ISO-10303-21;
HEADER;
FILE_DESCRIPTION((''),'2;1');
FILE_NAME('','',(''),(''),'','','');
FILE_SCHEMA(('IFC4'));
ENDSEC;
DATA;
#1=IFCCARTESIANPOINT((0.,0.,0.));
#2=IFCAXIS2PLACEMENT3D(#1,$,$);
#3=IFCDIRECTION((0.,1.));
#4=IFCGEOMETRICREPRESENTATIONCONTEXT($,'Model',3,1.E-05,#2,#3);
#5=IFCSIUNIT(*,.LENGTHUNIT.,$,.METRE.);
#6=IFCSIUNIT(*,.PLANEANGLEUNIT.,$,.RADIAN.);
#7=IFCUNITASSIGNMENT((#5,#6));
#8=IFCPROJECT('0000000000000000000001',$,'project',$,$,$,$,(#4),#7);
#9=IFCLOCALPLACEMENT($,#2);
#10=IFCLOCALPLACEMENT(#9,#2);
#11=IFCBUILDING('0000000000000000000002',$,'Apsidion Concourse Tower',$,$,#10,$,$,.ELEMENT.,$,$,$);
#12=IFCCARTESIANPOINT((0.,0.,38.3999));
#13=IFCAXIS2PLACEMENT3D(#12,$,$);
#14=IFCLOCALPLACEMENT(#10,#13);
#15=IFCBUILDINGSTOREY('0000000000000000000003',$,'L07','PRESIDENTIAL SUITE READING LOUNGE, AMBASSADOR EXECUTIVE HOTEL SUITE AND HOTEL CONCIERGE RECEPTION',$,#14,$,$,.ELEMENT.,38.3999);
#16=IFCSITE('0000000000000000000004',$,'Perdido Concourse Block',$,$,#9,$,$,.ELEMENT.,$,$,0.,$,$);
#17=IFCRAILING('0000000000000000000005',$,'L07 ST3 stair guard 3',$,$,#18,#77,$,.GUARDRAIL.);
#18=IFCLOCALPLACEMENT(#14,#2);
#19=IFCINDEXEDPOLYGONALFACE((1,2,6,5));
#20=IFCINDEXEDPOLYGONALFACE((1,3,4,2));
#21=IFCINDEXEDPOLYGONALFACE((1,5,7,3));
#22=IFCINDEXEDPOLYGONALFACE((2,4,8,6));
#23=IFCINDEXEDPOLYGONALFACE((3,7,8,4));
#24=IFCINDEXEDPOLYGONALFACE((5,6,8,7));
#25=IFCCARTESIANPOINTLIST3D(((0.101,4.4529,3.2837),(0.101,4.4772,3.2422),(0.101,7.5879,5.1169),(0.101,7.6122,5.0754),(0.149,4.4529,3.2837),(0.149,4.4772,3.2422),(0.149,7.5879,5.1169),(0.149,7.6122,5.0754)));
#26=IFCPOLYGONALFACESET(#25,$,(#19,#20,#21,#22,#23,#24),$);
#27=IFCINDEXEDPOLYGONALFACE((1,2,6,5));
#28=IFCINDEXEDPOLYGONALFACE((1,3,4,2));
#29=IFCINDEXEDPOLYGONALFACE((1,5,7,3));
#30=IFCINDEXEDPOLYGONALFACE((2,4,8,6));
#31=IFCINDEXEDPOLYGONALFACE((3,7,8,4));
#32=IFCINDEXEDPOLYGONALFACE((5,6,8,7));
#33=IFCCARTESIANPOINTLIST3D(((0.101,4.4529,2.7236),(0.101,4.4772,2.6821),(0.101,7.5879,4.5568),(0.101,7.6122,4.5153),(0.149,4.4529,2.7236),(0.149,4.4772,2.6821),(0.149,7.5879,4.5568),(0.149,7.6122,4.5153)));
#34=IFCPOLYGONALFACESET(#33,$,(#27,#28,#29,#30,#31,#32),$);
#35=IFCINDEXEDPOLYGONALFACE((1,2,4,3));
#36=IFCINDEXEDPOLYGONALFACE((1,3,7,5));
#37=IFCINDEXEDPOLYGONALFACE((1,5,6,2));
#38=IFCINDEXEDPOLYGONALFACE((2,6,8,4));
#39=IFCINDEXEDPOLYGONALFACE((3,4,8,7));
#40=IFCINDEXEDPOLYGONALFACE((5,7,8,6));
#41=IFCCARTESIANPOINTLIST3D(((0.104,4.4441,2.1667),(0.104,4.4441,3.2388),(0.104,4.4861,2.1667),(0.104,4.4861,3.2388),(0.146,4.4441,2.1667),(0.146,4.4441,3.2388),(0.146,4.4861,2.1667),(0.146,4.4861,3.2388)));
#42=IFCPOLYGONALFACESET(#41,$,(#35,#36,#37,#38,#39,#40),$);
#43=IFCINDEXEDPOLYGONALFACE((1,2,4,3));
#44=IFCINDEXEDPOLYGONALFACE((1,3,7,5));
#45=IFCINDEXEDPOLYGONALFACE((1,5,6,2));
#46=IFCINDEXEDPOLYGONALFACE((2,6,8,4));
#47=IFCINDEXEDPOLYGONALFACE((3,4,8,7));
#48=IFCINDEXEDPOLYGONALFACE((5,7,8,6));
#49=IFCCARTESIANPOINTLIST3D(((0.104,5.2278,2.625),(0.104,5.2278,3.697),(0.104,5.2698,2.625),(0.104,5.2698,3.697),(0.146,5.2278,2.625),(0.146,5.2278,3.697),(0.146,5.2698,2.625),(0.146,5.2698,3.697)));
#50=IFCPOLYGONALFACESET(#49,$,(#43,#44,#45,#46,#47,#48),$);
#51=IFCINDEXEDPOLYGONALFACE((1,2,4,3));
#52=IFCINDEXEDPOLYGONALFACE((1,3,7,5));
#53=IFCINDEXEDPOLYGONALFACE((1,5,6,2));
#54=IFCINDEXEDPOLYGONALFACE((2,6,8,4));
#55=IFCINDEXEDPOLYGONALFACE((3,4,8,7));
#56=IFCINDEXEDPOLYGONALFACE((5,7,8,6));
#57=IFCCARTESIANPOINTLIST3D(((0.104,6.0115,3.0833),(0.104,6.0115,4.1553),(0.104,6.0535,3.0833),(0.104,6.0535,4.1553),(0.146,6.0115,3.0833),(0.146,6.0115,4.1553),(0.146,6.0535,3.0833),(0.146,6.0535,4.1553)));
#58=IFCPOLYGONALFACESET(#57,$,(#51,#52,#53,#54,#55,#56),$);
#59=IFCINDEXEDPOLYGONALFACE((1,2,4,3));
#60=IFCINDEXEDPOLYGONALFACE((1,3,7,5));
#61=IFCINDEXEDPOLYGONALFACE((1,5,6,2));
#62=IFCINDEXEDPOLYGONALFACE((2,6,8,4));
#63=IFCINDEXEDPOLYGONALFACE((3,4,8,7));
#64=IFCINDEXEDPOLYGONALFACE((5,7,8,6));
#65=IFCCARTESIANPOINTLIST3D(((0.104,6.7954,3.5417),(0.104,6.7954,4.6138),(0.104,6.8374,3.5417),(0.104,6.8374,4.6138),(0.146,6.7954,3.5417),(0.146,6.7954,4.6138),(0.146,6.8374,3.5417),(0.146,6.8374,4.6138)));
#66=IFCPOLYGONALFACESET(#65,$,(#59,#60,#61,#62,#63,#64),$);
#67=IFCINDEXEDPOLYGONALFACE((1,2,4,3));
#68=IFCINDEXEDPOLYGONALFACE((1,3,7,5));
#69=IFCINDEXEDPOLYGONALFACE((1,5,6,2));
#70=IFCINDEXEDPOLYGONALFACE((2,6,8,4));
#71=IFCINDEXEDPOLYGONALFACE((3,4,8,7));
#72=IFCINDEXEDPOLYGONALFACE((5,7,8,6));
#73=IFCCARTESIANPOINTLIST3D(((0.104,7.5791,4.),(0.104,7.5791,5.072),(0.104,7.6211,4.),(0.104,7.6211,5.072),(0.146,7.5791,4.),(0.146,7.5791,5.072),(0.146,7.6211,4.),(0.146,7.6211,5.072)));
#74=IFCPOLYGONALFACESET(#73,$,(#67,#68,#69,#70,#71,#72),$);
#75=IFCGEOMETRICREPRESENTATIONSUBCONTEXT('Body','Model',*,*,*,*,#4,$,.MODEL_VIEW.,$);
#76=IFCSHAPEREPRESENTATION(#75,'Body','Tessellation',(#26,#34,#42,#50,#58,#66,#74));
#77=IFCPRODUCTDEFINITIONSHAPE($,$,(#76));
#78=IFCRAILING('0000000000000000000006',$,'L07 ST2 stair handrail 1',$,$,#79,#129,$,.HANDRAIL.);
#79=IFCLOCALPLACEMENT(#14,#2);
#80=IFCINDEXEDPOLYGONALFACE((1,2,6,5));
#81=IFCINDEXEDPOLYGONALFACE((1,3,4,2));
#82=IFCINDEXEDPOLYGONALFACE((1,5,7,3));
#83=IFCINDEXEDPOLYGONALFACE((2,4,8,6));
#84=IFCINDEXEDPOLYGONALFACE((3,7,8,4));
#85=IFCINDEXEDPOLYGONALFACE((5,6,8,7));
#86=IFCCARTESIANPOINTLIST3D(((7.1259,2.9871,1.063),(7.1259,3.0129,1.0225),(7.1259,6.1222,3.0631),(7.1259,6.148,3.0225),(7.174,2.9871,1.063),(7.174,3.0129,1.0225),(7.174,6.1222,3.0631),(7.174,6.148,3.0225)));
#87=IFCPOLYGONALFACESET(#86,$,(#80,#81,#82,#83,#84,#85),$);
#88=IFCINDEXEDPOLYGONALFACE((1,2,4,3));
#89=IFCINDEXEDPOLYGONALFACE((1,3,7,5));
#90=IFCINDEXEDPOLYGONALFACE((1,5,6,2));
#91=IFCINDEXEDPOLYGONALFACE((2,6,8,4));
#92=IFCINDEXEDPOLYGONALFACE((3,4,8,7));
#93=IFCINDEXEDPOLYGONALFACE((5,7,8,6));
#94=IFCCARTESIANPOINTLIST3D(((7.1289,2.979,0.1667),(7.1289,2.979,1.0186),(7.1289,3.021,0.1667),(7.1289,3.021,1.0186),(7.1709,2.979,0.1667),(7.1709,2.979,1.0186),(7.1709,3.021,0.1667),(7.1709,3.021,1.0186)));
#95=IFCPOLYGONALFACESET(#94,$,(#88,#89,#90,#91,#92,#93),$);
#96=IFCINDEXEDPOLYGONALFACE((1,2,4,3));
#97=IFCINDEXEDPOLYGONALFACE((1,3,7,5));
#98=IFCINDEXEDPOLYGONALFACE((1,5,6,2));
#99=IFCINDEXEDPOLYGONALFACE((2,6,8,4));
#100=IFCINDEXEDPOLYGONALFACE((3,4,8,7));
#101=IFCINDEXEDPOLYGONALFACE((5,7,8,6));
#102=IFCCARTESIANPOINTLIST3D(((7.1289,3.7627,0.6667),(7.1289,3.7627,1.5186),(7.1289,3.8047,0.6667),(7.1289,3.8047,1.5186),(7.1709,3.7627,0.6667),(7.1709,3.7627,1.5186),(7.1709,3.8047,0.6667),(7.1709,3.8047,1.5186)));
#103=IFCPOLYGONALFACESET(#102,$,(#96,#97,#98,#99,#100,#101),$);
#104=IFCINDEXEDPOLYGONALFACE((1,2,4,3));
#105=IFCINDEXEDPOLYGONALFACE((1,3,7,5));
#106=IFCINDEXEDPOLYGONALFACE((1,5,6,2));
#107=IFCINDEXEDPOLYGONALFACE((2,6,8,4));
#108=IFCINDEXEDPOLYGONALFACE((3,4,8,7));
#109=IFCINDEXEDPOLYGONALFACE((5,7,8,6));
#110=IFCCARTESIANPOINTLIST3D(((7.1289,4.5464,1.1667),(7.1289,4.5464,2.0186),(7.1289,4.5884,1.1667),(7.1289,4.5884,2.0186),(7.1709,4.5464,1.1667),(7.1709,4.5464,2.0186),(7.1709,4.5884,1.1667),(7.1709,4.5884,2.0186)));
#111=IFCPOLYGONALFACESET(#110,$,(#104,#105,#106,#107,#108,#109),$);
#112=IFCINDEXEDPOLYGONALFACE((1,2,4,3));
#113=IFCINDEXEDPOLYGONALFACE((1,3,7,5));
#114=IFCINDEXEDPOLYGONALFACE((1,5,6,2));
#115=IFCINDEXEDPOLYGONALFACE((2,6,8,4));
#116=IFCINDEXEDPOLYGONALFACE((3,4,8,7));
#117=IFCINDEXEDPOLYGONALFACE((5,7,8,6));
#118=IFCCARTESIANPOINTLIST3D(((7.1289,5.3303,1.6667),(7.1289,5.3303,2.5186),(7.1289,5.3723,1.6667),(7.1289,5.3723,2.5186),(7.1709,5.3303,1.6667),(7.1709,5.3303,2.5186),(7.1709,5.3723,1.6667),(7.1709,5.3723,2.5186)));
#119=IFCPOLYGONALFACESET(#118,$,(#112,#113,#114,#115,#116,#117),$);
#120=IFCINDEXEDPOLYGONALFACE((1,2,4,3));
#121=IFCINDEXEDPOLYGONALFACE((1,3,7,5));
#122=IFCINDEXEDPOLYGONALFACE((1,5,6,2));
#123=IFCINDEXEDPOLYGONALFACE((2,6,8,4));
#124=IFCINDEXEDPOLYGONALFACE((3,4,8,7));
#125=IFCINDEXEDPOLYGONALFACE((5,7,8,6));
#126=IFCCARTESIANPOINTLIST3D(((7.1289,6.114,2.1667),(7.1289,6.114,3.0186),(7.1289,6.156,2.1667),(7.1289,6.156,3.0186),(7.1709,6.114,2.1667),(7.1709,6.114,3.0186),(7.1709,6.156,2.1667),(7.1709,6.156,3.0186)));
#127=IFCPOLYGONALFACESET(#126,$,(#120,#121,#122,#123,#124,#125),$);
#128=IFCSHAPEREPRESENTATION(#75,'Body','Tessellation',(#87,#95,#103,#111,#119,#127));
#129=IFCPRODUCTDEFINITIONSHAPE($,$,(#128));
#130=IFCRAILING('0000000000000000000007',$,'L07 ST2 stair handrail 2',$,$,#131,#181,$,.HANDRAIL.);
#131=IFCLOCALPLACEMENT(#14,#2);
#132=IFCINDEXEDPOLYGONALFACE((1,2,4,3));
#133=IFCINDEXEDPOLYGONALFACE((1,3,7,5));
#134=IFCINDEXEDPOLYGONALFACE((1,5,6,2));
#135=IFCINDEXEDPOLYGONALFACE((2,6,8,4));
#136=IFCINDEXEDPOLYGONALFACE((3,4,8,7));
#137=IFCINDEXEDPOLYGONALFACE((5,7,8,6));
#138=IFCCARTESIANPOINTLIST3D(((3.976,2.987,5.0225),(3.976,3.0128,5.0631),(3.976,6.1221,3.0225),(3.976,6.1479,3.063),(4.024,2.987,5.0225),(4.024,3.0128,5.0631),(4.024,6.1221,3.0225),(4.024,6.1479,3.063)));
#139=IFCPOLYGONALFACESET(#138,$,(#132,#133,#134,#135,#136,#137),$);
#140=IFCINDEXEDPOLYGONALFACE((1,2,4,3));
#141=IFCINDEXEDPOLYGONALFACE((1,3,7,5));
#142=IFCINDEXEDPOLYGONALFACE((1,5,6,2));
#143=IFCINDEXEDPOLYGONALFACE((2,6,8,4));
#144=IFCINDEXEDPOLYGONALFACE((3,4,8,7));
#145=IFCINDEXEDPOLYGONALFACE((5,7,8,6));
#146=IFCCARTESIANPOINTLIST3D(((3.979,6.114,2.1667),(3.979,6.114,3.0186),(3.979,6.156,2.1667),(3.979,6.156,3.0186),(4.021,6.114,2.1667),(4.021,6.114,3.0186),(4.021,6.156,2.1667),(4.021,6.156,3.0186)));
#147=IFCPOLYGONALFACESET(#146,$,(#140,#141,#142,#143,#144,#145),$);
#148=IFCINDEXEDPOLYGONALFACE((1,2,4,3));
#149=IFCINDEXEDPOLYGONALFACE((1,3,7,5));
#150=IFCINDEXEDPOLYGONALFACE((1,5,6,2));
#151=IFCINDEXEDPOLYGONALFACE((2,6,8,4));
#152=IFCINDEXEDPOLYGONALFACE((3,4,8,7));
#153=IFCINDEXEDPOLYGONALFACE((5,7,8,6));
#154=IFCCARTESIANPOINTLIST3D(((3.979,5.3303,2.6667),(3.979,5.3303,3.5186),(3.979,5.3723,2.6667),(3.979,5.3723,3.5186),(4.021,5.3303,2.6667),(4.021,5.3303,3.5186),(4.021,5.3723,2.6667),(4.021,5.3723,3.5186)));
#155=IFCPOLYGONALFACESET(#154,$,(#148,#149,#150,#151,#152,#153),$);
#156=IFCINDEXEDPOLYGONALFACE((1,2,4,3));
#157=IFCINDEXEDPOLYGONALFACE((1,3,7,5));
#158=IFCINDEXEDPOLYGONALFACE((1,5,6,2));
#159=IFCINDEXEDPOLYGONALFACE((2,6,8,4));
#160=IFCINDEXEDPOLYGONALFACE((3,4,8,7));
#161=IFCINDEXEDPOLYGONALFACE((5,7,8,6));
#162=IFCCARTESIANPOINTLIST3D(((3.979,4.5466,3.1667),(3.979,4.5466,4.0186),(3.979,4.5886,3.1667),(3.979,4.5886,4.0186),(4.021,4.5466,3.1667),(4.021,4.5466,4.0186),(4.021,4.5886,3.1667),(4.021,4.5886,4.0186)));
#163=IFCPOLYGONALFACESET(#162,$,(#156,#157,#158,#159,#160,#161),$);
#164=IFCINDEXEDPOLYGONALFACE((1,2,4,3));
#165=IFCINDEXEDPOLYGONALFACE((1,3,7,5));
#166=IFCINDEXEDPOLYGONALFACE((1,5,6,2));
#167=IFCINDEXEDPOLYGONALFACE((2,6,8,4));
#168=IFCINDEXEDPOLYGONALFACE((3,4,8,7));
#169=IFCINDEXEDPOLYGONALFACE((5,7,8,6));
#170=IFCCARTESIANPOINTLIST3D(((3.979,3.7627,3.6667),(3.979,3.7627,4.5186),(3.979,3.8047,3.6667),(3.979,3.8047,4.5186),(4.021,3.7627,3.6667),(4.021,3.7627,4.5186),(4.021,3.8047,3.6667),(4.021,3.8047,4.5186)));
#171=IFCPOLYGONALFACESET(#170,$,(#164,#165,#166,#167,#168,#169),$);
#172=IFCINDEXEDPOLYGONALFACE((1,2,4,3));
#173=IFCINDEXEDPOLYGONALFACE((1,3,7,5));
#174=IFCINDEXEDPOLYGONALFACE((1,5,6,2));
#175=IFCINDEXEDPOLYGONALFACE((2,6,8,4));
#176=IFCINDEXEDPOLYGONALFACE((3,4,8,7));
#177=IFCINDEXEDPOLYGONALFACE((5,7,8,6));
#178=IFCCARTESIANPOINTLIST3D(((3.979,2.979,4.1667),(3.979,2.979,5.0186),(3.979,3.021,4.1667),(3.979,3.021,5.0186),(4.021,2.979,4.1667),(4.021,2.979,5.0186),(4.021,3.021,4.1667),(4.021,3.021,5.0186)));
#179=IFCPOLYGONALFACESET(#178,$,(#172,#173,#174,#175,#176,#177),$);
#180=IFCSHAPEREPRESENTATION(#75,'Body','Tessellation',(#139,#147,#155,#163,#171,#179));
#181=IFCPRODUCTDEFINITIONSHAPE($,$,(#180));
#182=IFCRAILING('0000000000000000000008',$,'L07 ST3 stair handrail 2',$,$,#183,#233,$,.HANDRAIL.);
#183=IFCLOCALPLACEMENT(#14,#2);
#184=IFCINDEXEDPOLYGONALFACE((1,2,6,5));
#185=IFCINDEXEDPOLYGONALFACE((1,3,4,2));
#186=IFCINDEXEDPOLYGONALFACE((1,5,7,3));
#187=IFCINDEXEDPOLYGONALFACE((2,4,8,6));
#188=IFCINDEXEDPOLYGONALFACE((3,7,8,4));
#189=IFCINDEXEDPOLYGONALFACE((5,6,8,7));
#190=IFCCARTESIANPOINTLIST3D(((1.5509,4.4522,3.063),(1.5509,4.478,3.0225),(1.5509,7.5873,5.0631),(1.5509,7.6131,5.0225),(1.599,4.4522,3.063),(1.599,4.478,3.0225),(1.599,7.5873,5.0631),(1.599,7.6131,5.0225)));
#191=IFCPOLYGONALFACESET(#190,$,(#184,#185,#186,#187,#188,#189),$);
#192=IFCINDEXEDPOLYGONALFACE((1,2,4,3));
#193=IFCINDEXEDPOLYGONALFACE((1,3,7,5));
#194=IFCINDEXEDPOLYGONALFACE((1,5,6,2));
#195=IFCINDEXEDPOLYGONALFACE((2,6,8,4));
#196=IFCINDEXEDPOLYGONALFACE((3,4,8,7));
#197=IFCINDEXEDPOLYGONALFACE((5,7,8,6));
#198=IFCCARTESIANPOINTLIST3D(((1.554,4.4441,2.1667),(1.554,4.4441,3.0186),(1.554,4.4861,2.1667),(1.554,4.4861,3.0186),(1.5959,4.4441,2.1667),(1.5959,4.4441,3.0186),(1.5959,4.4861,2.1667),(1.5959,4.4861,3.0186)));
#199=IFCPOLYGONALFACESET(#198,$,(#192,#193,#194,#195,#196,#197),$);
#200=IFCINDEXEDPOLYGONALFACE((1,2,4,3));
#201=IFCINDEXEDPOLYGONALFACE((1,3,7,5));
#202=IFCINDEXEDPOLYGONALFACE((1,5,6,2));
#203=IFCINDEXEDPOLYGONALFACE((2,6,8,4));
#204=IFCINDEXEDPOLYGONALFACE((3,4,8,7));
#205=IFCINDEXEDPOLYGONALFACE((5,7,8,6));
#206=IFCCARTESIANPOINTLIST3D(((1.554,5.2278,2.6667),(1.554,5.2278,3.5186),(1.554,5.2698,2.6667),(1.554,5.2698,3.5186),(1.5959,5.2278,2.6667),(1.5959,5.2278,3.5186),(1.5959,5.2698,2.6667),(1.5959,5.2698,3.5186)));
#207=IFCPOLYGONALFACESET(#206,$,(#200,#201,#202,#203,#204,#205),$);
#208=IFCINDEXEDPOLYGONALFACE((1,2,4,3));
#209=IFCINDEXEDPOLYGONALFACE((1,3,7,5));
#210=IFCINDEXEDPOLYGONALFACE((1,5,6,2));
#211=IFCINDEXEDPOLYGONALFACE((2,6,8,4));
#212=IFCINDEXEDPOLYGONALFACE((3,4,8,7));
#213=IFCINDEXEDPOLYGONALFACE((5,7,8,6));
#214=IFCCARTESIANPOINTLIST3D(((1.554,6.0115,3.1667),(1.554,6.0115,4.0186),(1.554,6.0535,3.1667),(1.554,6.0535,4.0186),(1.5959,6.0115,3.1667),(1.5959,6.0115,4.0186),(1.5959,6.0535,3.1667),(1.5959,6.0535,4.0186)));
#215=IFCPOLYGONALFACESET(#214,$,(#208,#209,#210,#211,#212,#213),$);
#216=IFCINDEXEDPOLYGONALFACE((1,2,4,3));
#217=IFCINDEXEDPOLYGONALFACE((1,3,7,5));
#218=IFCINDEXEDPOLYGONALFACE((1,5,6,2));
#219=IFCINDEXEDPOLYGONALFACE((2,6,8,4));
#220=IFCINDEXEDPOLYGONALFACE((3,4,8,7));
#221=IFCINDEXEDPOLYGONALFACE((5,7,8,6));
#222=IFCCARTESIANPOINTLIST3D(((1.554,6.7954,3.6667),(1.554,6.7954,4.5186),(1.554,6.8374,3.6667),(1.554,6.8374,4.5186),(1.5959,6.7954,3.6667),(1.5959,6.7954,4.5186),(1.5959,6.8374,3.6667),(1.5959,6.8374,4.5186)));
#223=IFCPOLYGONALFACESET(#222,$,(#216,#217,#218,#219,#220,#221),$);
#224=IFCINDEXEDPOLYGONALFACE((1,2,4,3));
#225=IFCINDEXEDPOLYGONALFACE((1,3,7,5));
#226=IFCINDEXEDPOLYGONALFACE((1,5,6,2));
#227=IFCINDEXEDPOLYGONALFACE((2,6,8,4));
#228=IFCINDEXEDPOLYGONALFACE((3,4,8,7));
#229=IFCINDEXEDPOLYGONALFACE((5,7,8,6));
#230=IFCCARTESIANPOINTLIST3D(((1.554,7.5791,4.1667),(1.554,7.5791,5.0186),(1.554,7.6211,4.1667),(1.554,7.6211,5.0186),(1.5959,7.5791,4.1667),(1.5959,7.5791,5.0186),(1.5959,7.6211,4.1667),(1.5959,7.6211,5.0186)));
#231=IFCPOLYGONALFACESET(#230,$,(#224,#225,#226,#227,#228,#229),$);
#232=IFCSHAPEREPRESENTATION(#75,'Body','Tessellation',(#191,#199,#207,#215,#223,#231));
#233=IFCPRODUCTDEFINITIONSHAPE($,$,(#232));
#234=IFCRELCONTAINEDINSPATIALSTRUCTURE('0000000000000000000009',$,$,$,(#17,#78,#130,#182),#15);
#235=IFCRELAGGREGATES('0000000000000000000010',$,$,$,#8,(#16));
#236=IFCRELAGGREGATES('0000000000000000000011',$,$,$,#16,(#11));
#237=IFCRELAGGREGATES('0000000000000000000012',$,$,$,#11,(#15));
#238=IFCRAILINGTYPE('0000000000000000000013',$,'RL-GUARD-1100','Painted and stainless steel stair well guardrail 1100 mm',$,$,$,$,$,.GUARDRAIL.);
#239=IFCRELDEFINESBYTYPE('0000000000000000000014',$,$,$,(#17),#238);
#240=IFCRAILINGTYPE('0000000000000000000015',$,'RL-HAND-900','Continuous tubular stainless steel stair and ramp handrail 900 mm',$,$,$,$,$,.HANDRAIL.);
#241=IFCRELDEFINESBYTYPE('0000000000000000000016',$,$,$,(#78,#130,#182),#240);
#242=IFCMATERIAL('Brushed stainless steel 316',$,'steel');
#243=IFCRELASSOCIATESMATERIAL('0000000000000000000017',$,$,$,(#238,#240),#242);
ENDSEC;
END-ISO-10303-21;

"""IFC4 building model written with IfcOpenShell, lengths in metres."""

from ifc_helpers import new_model, si_unit, direction, frame, origin, origin_2d, place, context, subcontext, project, spatial, rectangle, extrude, material, type_object, element, save


model = new_model("IFC4")

# Units and contexts
model_context = context("Model", 3, precision=1e-05, world=origin(), true_north=direction((0.0, 1.0)))
body_context = subcontext(model_context, "Body", "Model", "MODEL_VIEW")
ifc_project = project(units=[si_unit("LENGTHUNIT", "METRE"), si_unit("PLANEANGLEUNIT", "RADIAN")], contexts=[model_context])

# Site, building, storey
site_placement = place(None, origin())
site = spatial("IfcSite", under=ifc_project, at=site_placement, Name="Perdido Concourse Block", CompositionType="ELEMENT", RefElevation=0.0)
building_placement = place(site_placement, origin())
building = spatial("IfcBuilding", under=site, at=building_placement, Name="Apsidion Concourse Tower", CompositionType="ELEMENT")
storey_placement = place(building_placement, frame((0.0, 0.0, 38.3999)))
storey = spatial("IfcBuildingStorey", under=building, at=storey_placement, Name="L07", Description="PRESIDENTIAL SUITE READING LOUNGE, AMBASSADOR EXECUTIVE HOTEL SUITE AND HOTEL CONCIERGE RECEPTION", CompositionType="ELEMENT", Elevation=38.3999)

# Railings
ifc_material_1 = material(Name="Brushed stainless steel 316", Category="steel")
railing_type_1 = type_object("IfcRailingType", Name="RL-GUARD-1100", Description="Painted and stainless steel stair well guardrail 1100 mm", PredefinedType="GUARDRAIL", material=ifc_material_1)
railing_1_placement = place(storey_placement, frame((0.125, 4.4651, 2.1667)))
element("IfcRailing", 1, at=railing_1_placement, inside=storey, type_object=railing_type_1, Name="L07 ST3 stair guard 3", PredefinedType="GUARDRAIL", context=body_context, shape_type="SweptSolid", body=[
    extrude(rectangle(XDim=0.0481, YDim=0.0481, at=origin_2d()), frame((0.0, 0.0, 1.0962), z_axis=(0.0, 0.86324, 0.504794), x_axis=(-1.0, 0.0, 0.0)), (0.0, 0.0, 1.0), 3.6316),
    extrude(rectangle(XDim=0.0481, YDim=0.0481, at=origin_2d()), frame((0.0, 0.0, 0.5361), z_axis=(0.0, 0.86324, 0.504794), x_axis=(-1.0, 0.0, 0.0)), (0.0, 0.0, 1.0), 3.6316),
    extrude(rectangle(XDim=0.042, YDim=0.042, at=origin_2d()), origin(), (0.0, 0.0, 1.0), 1.072),
    extrude(rectangle(XDim=0.042, YDim=0.042, at=origin_2d()), frame((0.0, 0.7837, 0.4583)), (0.0, 0.0, 1.0), 1.072),
    extrude(rectangle(XDim=0.042, YDim=0.042, at=origin_2d()), frame((0.0, 1.5674, 0.9165)), (0.0, 0.0, 1.0), 1.072),
    extrude(rectangle(XDim=0.042, YDim=0.042, at=origin_2d()), frame((0.0, 2.3513, 1.375)), (0.0, 0.0, 1.0), 1.072),
    extrude(rectangle(XDim=0.042, YDim=0.042, at=origin_2d()), frame((0.0, 3.135, 1.8333)), (0.0, 0.0, 1.0), 1.072),
])
railing_type_2 = type_object("IfcRailingType", Name="RL-HAND-900", Description="Continuous tubular stainless steel stair and ramp handrail 900 mm", PredefinedType="HANDRAIL", material=ifc_material_1)
railing_2_placement = place(storey_placement, frame((7.1499, 3.0, 0.1667)))
element("IfcRailing", 2, at=railing_2_placement, inside=storey, type_object=railing_type_2, Name="L07 ST2 stair handrail 1", PredefinedType="HANDRAIL", context=body_context, shape_type="SweptSolid", body=[
    extrude(rectangle(XDim=0.0481, YDim=0.0481, at=origin_2d()), frame((0.0, 0.0, 0.876), z_axis=(0.0, 0.843053, 0.537831), x_axis=(-1.0, 0.0, 0.0)), (0.0, 0.0, 1.0), 3.7188),
    extrude(rectangle(XDim=0.042, YDim=0.042, at=origin_2d()), origin(), (0.0, 0.0, 1.0), 0.8518),
    extrude(rectangle(XDim=0.042, YDim=0.042, at=origin_2d()), frame((0.0, 0.7837, 0.5)), (0.0, 0.0, 1.0), 0.8518),
    extrude(rectangle(XDim=0.042, YDim=0.042, at=origin_2d()), frame((0.0, 1.5674, 1.0)), (0.0, 0.0, 1.0), 0.8518),
    extrude(rectangle(XDim=0.042, YDim=0.042, at=origin_2d()), frame((0.0, 2.3513, 1.5)), (0.0, 0.0, 1.0), 0.8518),
    extrude(rectangle(XDim=0.042, YDim=0.042, at=origin_2d()), frame((0.0, 3.135, 2.0)), (0.0, 0.0, 1.0), 0.8518),
])
railing_3_placement = place(storey_placement, frame((4.0, 6.135, 2.1667)))
element("IfcRailing", 3, at=railing_3_placement, inside=storey, type_object=railing_type_2, Name="L07 ST2 stair handrail 2", PredefinedType="HANDRAIL", context=body_context, shape_type="SweptSolid", body=[
    extrude(rectangle(XDim=0.0481, YDim=0.0481, at=origin_2d()), frame((0.0, 0.0, 0.876), z_axis=(0.0, -0.843053, 0.537831), x_axis=(1.0, 0.0, 0.0)), (0.0, 0.0, 1.0), 3.7188),
    extrude(rectangle(XDim=0.042, YDim=0.042, at=origin_2d()), origin(), (0.0, 0.0, 1.0), 0.8518),
    extrude(rectangle(XDim=0.042, YDim=0.042, at=origin_2d()), frame((0.0, -0.7837, 0.5)), (0.0, 0.0, 1.0), 0.8518),
    extrude(rectangle(XDim=0.042, YDim=0.042, at=origin_2d()), frame((0.0, -1.5674, 1.0)), (0.0, 0.0, 1.0), 0.8518),
    extrude(rectangle(XDim=0.042, YDim=0.042, at=origin_2d()), frame((0.0, -2.3513, 1.5)), (0.0, 0.0, 1.0), 0.8518),
    extrude(rectangle(XDim=0.042, YDim=0.042, at=origin_2d()), frame((0.0, -3.135, 2.0)), (0.0, 0.0, 1.0), 0.8518),
])
railing_4_placement = place(storey_placement, frame((1.575, 4.4651, 2.1667)))
element("IfcRailing", 4, at=railing_4_placement, inside=storey, type_object=railing_type_2, Name="L07 ST3 stair handrail 2", PredefinedType="HANDRAIL", context=body_context, shape_type="SweptSolid", body=[
    extrude(rectangle(XDim=0.0481, YDim=0.0481, at=origin_2d()), frame((0.0, 0.0, 0.876), z_axis=(0.0, 0.843053, 0.537831), x_axis=(-1.0, 0.0, 0.0)), (0.0, 0.0, 1.0), 3.7188),
    extrude(rectangle(XDim=0.042, YDim=0.042, at=origin_2d()), origin(), (0.0, 0.0, 1.0), 0.8518),
    extrude(rectangle(XDim=0.042, YDim=0.042, at=origin_2d()), frame((0.0, 0.7837, 0.5)), (0.0, 0.0, 1.0), 0.8518),
    extrude(rectangle(XDim=0.042, YDim=0.042, at=origin_2d()), frame((0.0, 1.5674, 1.0)), (0.0, 0.0, 1.0), 0.8518),
    extrude(rectangle(XDim=0.042, YDim=0.042, at=origin_2d()), frame((0.0, 2.3513, 1.5)), (0.0, 0.0, 1.0), 0.8518),
    extrude(rectangle(XDim=0.042, YDim=0.042, at=origin_2d()), frame((0.0, 3.135, 2.0)), (0.0, 0.0, 1.0), 0.8518),
])

save(model, "model.ifc")
